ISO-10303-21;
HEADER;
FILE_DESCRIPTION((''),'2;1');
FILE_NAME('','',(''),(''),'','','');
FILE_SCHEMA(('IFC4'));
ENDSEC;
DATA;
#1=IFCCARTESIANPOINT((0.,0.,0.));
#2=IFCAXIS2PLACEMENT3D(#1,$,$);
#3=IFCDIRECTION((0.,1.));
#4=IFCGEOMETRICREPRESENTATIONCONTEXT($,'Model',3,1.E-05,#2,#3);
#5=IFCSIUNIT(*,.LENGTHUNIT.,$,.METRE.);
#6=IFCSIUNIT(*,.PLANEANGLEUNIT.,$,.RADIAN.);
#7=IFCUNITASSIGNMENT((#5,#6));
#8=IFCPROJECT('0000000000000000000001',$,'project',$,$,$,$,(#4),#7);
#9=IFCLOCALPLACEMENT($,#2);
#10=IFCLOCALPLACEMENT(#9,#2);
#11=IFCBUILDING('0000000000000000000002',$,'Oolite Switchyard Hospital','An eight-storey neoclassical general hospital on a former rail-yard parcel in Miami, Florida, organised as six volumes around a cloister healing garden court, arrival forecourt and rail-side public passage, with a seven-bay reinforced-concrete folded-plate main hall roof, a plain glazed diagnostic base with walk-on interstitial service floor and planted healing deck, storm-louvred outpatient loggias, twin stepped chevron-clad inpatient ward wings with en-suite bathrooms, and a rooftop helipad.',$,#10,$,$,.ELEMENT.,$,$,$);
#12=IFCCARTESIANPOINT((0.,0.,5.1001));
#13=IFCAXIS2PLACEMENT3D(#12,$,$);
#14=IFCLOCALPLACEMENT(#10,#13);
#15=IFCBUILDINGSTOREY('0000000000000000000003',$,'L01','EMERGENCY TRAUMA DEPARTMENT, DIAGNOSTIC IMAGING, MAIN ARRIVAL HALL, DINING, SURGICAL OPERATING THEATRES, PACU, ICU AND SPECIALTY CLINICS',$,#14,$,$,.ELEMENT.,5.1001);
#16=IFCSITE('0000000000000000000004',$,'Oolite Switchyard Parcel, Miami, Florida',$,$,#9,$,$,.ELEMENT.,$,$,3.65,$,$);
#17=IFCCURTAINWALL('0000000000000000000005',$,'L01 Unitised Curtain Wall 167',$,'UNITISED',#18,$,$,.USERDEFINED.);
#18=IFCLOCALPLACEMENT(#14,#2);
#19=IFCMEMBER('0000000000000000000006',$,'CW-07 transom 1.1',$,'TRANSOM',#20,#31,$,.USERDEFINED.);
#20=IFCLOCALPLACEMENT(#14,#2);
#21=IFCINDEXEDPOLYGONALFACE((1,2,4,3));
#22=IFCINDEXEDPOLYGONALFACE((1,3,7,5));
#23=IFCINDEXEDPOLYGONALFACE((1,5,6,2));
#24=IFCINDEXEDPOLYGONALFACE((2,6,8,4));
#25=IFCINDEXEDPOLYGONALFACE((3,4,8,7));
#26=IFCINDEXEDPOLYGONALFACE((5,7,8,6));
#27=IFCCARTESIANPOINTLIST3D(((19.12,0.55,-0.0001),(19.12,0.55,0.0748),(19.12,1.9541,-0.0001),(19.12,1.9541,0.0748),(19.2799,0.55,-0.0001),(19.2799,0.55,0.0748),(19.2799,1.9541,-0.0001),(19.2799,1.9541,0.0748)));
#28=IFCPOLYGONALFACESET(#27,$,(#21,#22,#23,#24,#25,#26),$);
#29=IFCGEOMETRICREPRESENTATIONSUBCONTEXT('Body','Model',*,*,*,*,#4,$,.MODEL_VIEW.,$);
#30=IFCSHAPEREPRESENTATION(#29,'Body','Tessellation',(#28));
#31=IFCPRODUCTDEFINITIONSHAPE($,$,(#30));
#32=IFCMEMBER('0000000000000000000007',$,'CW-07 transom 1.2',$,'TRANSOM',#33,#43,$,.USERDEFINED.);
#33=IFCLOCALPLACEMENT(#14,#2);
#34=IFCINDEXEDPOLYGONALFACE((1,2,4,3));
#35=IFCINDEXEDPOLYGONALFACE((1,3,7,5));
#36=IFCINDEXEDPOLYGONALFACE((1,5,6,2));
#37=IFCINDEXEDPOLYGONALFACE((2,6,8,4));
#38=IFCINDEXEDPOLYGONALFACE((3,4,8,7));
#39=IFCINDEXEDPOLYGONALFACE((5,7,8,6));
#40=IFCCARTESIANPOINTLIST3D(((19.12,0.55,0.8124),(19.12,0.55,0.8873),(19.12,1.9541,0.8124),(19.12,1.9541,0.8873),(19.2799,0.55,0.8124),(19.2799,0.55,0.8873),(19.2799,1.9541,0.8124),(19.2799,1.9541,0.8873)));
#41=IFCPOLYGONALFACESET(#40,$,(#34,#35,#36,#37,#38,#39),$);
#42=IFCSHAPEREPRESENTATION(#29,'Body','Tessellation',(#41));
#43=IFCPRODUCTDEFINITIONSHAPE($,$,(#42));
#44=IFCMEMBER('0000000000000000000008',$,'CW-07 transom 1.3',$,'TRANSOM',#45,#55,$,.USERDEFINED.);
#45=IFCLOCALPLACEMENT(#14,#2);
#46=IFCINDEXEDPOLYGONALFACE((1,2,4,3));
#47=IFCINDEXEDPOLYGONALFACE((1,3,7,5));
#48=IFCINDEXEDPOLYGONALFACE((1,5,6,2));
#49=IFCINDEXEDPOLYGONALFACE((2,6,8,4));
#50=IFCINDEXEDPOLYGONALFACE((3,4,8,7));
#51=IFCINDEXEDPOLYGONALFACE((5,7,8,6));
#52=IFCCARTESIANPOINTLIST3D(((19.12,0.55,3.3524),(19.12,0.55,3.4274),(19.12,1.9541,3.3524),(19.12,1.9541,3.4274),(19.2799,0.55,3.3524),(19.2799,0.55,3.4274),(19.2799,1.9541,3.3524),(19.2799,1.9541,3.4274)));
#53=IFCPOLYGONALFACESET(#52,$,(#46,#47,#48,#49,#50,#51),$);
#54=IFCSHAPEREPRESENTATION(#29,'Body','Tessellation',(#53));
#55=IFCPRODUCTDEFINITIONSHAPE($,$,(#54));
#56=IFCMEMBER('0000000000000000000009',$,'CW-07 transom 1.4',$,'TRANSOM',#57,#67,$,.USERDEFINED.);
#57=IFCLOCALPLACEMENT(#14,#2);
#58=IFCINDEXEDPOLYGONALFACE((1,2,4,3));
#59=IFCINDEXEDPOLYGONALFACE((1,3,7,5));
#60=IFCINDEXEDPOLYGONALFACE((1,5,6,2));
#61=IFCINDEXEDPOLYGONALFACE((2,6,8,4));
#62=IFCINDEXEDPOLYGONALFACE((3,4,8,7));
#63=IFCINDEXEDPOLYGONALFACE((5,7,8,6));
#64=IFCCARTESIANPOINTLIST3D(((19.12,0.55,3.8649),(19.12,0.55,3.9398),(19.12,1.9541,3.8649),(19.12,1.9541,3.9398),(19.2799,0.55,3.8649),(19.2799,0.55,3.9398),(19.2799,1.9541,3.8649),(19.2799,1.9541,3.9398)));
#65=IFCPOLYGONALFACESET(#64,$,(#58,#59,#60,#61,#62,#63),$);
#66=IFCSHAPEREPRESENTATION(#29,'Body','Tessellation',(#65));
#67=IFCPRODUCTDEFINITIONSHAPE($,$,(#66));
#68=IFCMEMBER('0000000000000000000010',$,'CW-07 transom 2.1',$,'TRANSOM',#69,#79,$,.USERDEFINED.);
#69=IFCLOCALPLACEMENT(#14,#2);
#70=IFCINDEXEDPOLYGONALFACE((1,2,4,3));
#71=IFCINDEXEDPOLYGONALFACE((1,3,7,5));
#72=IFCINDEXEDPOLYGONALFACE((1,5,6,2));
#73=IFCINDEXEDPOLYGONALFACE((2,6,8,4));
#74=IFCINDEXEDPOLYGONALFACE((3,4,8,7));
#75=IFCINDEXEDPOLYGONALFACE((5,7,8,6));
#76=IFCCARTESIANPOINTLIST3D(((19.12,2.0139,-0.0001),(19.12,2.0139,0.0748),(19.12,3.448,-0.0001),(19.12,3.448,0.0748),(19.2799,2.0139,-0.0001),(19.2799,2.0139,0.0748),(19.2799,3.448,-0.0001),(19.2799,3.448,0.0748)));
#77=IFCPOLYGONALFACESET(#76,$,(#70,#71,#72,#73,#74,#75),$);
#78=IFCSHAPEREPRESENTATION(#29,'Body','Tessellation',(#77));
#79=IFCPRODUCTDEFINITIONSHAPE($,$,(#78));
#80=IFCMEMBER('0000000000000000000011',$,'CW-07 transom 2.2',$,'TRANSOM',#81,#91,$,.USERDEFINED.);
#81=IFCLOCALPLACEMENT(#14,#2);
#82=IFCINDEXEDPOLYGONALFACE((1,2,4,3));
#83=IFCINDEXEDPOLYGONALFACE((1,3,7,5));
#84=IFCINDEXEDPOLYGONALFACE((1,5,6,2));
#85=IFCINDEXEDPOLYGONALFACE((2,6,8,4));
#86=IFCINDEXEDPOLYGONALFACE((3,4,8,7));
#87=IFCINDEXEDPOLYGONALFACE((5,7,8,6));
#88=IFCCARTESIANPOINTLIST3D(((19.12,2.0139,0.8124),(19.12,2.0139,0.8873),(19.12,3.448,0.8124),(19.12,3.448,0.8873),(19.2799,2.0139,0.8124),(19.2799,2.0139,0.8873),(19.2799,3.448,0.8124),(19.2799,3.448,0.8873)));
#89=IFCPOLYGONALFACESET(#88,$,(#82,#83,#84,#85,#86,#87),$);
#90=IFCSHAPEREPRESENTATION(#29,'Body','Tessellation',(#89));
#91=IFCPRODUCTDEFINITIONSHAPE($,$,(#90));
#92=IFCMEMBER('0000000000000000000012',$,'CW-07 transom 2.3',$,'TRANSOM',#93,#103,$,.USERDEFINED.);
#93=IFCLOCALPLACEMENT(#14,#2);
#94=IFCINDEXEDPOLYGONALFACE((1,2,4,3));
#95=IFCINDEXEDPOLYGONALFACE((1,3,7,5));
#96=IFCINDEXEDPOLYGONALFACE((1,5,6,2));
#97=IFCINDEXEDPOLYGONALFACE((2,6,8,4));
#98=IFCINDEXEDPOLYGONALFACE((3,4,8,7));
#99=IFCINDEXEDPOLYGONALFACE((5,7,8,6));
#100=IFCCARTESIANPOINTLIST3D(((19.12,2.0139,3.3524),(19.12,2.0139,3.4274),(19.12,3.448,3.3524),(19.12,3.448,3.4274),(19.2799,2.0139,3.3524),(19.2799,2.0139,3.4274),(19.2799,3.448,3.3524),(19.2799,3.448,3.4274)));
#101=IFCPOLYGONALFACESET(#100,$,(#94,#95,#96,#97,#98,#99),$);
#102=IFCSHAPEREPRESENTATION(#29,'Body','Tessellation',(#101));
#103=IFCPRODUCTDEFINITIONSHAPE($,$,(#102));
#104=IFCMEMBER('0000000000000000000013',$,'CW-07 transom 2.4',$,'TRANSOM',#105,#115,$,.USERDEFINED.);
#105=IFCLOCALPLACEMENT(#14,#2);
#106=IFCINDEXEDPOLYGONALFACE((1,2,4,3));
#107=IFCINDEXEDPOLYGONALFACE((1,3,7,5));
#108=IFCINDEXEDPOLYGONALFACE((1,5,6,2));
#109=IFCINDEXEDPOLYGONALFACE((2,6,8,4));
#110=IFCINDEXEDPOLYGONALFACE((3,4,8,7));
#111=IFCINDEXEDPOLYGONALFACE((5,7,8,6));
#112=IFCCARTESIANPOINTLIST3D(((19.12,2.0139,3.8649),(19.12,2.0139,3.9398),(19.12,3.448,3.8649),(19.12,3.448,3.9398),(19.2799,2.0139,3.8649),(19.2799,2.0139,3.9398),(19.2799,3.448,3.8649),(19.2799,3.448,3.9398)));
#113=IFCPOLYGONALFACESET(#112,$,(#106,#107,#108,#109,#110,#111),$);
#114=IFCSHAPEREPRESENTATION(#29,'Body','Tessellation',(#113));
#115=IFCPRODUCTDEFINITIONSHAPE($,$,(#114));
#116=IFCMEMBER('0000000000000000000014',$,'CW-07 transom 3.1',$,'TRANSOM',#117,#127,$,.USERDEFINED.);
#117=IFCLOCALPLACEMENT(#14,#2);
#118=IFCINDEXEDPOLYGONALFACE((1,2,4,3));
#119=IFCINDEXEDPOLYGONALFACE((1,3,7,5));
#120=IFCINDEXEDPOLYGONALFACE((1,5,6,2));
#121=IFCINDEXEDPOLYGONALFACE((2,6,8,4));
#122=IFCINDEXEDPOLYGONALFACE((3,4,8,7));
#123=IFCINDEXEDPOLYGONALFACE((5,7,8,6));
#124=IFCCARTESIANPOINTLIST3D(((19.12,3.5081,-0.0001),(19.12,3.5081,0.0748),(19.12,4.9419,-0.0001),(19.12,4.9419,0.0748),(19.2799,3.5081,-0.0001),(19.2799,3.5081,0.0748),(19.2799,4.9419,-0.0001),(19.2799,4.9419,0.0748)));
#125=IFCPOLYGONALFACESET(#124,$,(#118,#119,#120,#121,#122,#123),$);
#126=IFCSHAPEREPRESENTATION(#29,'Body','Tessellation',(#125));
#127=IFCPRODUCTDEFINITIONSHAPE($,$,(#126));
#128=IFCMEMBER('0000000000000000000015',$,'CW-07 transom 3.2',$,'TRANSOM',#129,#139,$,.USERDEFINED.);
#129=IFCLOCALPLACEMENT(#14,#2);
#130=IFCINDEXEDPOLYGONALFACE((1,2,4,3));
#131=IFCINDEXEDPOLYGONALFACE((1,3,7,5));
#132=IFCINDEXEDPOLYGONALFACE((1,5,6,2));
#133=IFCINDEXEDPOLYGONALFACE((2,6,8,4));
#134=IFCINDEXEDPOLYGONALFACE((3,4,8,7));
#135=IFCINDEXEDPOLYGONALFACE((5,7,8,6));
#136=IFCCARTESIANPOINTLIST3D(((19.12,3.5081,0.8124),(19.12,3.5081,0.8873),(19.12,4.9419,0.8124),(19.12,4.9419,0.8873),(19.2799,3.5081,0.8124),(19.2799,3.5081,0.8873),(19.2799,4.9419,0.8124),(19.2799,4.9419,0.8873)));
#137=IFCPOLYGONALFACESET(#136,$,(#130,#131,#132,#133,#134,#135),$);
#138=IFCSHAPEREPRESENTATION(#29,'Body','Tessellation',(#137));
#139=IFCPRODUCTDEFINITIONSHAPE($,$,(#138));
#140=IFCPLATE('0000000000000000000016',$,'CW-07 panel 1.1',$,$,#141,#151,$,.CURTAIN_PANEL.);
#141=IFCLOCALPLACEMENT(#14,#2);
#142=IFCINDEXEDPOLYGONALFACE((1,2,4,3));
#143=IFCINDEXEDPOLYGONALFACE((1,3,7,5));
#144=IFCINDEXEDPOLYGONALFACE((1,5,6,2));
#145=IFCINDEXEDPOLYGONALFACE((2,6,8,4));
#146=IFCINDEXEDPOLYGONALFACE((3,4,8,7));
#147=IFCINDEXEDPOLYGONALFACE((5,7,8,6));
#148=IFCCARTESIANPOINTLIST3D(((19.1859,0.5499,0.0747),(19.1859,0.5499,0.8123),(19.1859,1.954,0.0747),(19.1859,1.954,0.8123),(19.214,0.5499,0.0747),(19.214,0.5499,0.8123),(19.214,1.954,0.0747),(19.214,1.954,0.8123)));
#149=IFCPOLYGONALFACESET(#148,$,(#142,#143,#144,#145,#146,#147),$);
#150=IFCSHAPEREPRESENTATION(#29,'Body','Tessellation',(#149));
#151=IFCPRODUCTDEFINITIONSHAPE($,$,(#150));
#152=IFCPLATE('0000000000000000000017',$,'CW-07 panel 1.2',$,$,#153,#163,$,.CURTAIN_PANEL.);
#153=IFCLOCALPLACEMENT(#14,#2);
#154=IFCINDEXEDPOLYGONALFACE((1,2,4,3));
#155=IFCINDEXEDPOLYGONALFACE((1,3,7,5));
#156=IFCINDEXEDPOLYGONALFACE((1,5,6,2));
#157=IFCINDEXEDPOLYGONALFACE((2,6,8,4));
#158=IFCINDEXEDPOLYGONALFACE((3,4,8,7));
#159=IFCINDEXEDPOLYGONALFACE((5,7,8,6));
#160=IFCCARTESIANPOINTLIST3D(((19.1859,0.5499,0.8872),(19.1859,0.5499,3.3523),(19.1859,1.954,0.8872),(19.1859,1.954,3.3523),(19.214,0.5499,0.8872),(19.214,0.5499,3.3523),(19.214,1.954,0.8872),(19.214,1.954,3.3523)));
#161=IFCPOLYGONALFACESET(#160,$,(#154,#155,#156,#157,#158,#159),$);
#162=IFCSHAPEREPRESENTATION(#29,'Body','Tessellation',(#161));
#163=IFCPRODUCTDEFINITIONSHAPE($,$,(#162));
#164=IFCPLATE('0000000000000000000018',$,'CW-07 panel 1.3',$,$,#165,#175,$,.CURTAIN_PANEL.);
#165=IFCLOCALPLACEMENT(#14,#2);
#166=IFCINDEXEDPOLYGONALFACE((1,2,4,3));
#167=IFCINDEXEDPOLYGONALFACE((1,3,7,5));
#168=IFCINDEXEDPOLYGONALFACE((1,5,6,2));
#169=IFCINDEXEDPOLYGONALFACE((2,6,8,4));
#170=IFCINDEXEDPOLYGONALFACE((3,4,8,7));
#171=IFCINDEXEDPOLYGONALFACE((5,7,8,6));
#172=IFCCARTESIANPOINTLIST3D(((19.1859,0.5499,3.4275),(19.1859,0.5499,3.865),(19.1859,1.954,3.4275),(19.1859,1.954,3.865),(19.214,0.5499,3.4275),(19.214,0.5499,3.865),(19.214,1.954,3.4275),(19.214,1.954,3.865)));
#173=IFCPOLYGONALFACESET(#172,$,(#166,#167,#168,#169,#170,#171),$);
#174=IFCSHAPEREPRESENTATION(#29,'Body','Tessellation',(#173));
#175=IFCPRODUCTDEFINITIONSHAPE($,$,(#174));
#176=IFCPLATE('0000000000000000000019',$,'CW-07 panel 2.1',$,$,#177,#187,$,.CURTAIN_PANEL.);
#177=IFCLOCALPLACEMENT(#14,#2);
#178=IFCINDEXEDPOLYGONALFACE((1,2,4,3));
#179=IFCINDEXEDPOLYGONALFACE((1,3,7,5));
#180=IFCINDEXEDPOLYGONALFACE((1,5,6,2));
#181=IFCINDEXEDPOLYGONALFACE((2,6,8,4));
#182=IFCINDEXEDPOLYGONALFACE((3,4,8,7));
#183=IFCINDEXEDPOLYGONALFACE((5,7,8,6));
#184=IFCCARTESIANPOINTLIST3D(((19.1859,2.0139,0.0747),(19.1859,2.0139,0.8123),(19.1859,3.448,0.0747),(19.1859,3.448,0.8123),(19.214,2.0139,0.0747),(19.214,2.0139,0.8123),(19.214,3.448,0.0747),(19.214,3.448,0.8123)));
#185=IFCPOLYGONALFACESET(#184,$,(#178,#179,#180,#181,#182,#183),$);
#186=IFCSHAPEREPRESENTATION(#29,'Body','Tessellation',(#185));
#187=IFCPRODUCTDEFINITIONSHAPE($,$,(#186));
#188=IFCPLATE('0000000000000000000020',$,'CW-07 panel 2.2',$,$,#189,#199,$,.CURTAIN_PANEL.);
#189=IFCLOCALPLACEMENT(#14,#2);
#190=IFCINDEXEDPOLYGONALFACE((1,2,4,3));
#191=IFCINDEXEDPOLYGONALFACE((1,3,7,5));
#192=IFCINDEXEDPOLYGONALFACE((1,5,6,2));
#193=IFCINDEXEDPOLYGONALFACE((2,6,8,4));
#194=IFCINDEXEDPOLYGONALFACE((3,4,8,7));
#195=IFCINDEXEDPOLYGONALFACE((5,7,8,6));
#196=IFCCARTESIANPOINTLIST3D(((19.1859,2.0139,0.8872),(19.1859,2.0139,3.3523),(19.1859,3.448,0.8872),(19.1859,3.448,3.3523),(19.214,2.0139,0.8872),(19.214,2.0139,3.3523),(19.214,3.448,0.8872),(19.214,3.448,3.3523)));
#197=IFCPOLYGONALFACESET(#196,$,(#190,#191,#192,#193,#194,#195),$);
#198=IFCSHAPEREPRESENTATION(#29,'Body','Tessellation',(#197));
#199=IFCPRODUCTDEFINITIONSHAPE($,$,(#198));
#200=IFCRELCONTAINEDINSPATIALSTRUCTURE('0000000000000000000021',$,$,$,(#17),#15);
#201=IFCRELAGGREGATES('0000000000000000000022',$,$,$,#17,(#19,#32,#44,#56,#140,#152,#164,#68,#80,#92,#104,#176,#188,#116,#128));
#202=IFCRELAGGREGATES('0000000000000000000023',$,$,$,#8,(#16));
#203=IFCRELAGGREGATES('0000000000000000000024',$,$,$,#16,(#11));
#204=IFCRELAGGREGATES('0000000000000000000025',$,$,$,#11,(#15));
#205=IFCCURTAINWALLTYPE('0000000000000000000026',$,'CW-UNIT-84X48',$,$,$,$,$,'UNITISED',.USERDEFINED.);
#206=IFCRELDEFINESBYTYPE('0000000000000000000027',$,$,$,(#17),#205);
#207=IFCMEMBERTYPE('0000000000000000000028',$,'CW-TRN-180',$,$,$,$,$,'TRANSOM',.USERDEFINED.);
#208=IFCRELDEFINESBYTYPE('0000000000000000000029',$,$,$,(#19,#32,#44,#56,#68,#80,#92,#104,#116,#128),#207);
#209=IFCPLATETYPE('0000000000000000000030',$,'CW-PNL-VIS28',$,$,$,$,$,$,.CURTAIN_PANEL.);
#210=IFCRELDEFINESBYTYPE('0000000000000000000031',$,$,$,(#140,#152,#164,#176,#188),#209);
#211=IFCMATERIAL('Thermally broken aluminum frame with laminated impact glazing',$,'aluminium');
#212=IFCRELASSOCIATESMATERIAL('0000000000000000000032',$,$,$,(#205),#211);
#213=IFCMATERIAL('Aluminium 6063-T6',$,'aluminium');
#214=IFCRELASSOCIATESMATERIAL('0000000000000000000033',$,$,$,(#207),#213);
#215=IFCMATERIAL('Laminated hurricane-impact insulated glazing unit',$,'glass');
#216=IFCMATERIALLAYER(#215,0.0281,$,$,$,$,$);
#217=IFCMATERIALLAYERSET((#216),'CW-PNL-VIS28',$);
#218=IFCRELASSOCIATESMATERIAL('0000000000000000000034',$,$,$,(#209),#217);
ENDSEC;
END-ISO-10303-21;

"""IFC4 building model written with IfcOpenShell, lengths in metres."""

from ifc_helpers import new_model, si_unit, direction, frame, origin, origin_2d, place, context, subcontext, project, spatial, rectangle, extrude, material, layer, layer_set, material_profile, profile_set, type_object, element, aggregate, save


model = new_model("IFC4")

# Units and contexts
model_context = context("Model", 3, precision=1e-05, world=origin(), true_north=direction((0.0, 1.0)))
body_context = subcontext(model_context, "Body", "Model", "MODEL_VIEW")
ifc_project = project(units=[si_unit("LENGTHUNIT", "METRE"), si_unit("PLANEANGLEUNIT", "RADIAN")], contexts=[model_context])

# Site, building, storey
site_placement = place(None, origin())
site = spatial("IfcSite", under=ifc_project, at=site_placement, Name="Oolite Switchyard Parcel, Miami, Florida", CompositionType="ELEMENT", RefElevation=3.65)
building_placement = place(site_placement, origin())
building = spatial("IfcBuilding", under=site, at=building_placement, Name="Oolite Switchyard Hospital", Description="An eight-storey neoclassical general hospital on a former rail-yard parcel in Miami, Florida, organised as six volumes around a cloister healing garden court, arrival forecourt and rail-side public passage, with a seven-bay reinforced-concrete folded-plate main hall roof, a plain glazed diagnostic base with walk-on interstitial service floor and planted healing deck, storm-louvred outpatient loggias, twin stepped chevron-clad inpatient ward wings with en-suite bathrooms, and a rooftop helipad.", CompositionType="ELEMENT")
storey_placement = place(building_placement, frame((0.0, 0.0, 5.1001)))
storey = spatial("IfcBuildingStorey", under=building, at=storey_placement, Name="L01", Description="EMERGENCY TRAUMA DEPARTMENT, DIAGNOSTIC IMAGING, MAIN ARRIVAL HALL, DINING, SURGICAL OPERATING THEATRES, PACU, ICU AND SPECIALTY CLINICS", CompositionType="ELEMENT", Elevation=5.1001)

# Curtain wall, members, plates
ifc_material_1 = material(Name="Thermally broken aluminum frame with laminated impact glazing", Category="aluminium")
curtain_wall_type = type_object("IfcCurtainWallType", Name="CW-UNIT-84X48", ElementType="UNITISED", PredefinedType="USERDEFINED", material=ifc_material_1)
curtain_wall_placement = place(storey_placement, origin())
curtain_wall = element("IfcCurtainWall", 1, at=curtain_wall_placement, inside=storey, type_object=curtain_wall_type, Name="L01 Unitised Curtain Wall 167", ObjectType="UNITISED", PredefinedType="USERDEFINED")
ifc_material_2 = material(Name="Aluminium 6063-T6", Category="aluminium")
ifc_material_profile_1 = material_profile(ifc_material_2, rectangle(XDim=0.1599, YDim=0.075, at=origin_2d()), Name="CWT75X160")
ifc_profile_set_1 = profile_set([ifc_material_profile_1], Name="Aluminium 6063-T6")
member_type_1 = type_object("IfcMemberType", Name="CW-TRN-180", ElementType="TRANSOM", PredefinedType="USERDEFINED", material=ifc_profile_set_1)
member_1_placement = place(storey_placement, frame((19.2, 0.55, 0.0374), z_axis=(0.0, 1.0, 0.0), x_axis=(-1.0, 0.0, 0.0)))
member_1 = element("IfcMember", 2, at=member_1_placement, type_object=member_type_1, Name="CW-07 transom 1.1", ObjectType="TRANSOM", PredefinedType="USERDEFINED", context=body_context, shape_type="SweptSolid", body=[
    extrude(rectangle(XDim=0.1599, YDim=0.075, at=origin_2d()), origin(), (0.0, 0.0, 1.0), 1.4041),
])
member_2_placement = place(storey_placement, frame((19.2, 0.55, 0.8499), z_axis=(0.0, 1.0, 0.0), x_axis=(-1.0, 0.0, 0.0)))
member_2 = element("IfcMember", 3, at=member_2_placement, type_object=member_type_1, Name="CW-07 transom 1.2", ObjectType="TRANSOM", PredefinedType="USERDEFINED", context=body_context, shape_type="SweptSolid", body=[
    extrude(rectangle(XDim=0.1599, YDim=0.075, at=origin_2d()), origin(), (0.0, 0.0, 1.0), 1.4041),
])
member_3_placement = place(storey_placement, frame((19.2, 0.55, 3.3899), z_axis=(0.0, 1.0, 0.0), x_axis=(-1.0, 0.0, 0.0)))
member_3 = element("IfcMember", 4, at=member_3_placement, type_object=member_type_1, Name="CW-07 transom 1.3", ObjectType="TRANSOM", PredefinedType="USERDEFINED", context=body_context, shape_type="SweptSolid", body=[
    extrude(rectangle(XDim=0.1599, YDim=0.075, at=origin_2d()), origin(), (0.0, 0.0, 1.0), 1.4041),
])
member_4_placement = place(storey_placement, frame((19.2, 0.55, 3.9023), z_axis=(0.0, 1.0, 0.0), x_axis=(-1.0, 0.0, 0.0)))
member_4 = element("IfcMember", 5, at=member_4_placement, type_object=member_type_1, Name="CW-07 transom 1.4", ObjectType="TRANSOM", PredefinedType="USERDEFINED", context=body_context, shape_type="SweptSolid", body=[
    extrude(rectangle(XDim=0.1599, YDim=0.075, at=origin_2d()), origin(), (0.0, 0.0, 1.0), 1.4041),
])
member_5_placement = place(storey_placement, frame((19.2, 2.0139, 0.0374), z_axis=(0.0, 1.0, 0.0), x_axis=(-1.0, 0.0, 0.0)))
member_5 = element("IfcMember", 6, at=member_5_placement, type_object=member_type_1, Name="CW-07 transom 2.1", ObjectType="TRANSOM", PredefinedType="USERDEFINED", context=body_context, shape_type="SweptSolid", body=[
    extrude(rectangle(XDim=0.1599, YDim=0.075, at=origin_2d()), origin(), (0.0, 0.0, 1.0), 1.4341),
])
member_6_placement = place(storey_placement, frame((19.2, 2.0139, 0.8499), z_axis=(0.0, 1.0, 0.0), x_axis=(-1.0, 0.0, 0.0)))
member_6 = element("IfcMember", 7, at=member_6_placement, type_object=member_type_1, Name="CW-07 transom 2.2", ObjectType="TRANSOM", PredefinedType="USERDEFINED", context=body_context, shape_type="SweptSolid", body=[
    extrude(rectangle(XDim=0.1599, YDim=0.075, at=origin_2d()), origin(), (0.0, 0.0, 1.0), 1.4341),
])
member_7_placement = place(storey_placement, frame((19.2, 2.0139, 3.3899), z_axis=(0.0, 1.0, 0.0), x_axis=(-1.0, 0.0, 0.0)))
member_7 = element("IfcMember", 8, at=member_7_placement, type_object=member_type_1, Name="CW-07 transom 2.3", ObjectType="TRANSOM", PredefinedType="USERDEFINED", context=body_context, shape_type="SweptSolid", body=[
    extrude(rectangle(XDim=0.1599, YDim=0.075, at=origin_2d()), origin(), (0.0, 0.0, 1.0), 1.4341),
])
member_8_placement = place(storey_placement, frame((19.2, 2.0139, 3.9023), z_axis=(0.0, 1.0, 0.0), x_axis=(-1.0, 0.0, 0.0)))
member_8 = element("IfcMember", 9, at=member_8_placement, type_object=member_type_1, Name="CW-07 transom 2.4", ObjectType="TRANSOM", PredefinedType="USERDEFINED", context=body_context, shape_type="SweptSolid", body=[
    extrude(rectangle(XDim=0.1599, YDim=0.075, at=origin_2d()), origin(), (0.0, 0.0, 1.0), 1.4341),
])
member_9_placement = place(storey_placement, frame((19.2, 3.5081, 0.0374), z_axis=(0.0, 1.0, 0.0), x_axis=(-1.0, 0.0, 0.0)))
member_9 = element("IfcMember", 10, at=member_9_placement, type_object=member_type_1, Name="CW-07 transom 3.1", ObjectType="TRANSOM", PredefinedType="USERDEFINED", context=body_context, shape_type="SweptSolid", body=[
    extrude(rectangle(XDim=0.1599, YDim=0.075, at=origin_2d()), origin(), (0.0, 0.0, 1.0), 1.4338),
])
member_10_placement = place(storey_placement, frame((19.2, 3.5081, 0.8499), z_axis=(0.0, 1.0, 0.0), x_axis=(-1.0, 0.0, 0.0)))
member_10 = element("IfcMember", 11, at=member_10_placement, type_object=member_type_1, Name="CW-07 transom 3.2", ObjectType="TRANSOM", PredefinedType="USERDEFINED", context=body_context, shape_type="SweptSolid", body=[
    extrude(rectangle(XDim=0.1599, YDim=0.075, at=origin_2d()), origin(), (0.0, 0.0, 1.0), 1.4338),
])
ifc_material_3 = material(Name="Laminated hurricane-impact insulated glazing unit", Category="glass")
ifc_layer = layer(ifc_material_3, 0.0281)
ifc_layer_set = layer_set([ifc_layer], Name="CW-PNL-VIS28")
plate_type = type_object("IfcPlateType", Name="CW-PNL-VIS28", PredefinedType="CURTAIN_PANEL", material=ifc_layer_set)
plate_1_placement = place(storey_placement, frame((19.2, 1.252, 0.0747), z_axis=(0.0, 0.0, 1.0), x_axis=(0.0, 1.0, 0.0)))
plate_1 = element("IfcPlate", 12, at=plate_1_placement, type_object=plate_type, Name="CW-07 panel 1.1", PredefinedType="CURTAIN_PANEL", context=body_context, shape_type="SweptSolid", body=[
    extrude(rectangle(XDim=1.4041, YDim=0.0281, at=origin_2d()), origin(), (0.0, 0.0, 1.0), 0.7375),
])
plate_2_placement = place(storey_placement, frame((19.2, 1.252, 0.8872), z_axis=(0.0, 0.0, 1.0), x_axis=(0.0, 1.0, 0.0)))
plate_2 = element("IfcPlate", 13, at=plate_2_placement, type_object=plate_type, Name="CW-07 panel 1.2", PredefinedType="CURTAIN_PANEL", context=body_context, shape_type="SweptSolid", body=[
    extrude(rectangle(XDim=1.4041, YDim=0.0281, at=origin_2d()), origin(), (0.0, 0.0, 1.0), 2.4651),
])
plate_3_placement = place(storey_placement, frame((19.2, 1.252, 3.4275), z_axis=(0.0, 0.0, 1.0), x_axis=(0.0, 1.0, 0.0)))
plate_3 = element("IfcPlate", 14, at=plate_3_placement, type_object=plate_type, Name="CW-07 panel 1.3", PredefinedType="CURTAIN_PANEL", context=body_context, shape_type="SweptSolid", body=[
    extrude(rectangle(XDim=1.4041, YDim=0.0281, at=origin_2d()), origin(), (0.0, 0.0, 1.0), 0.4375),
])
plate_4_placement = place(storey_placement, frame((19.2, 2.731, 0.0747), z_axis=(0.0, 0.0, 1.0), x_axis=(0.0, 1.0, 0.0)))
plate_4 = element("IfcPlate", 15, at=plate_4_placement, type_object=plate_type, Name="CW-07 panel 2.1", PredefinedType="CURTAIN_PANEL", context=body_context, shape_type="SweptSolid", body=[
    extrude(rectangle(XDim=1.4341, YDim=0.0281, at=origin_2d()), origin(), (0.0, 0.0, 1.0), 0.7375),
])
plate_5_placement = place(storey_placement, frame((19.2, 2.731, 0.8872), z_axis=(0.0, 0.0, 1.0), x_axis=(0.0, 1.0, 0.0)))
plate_5 = element("IfcPlate", 16, at=plate_5_placement, type_object=plate_type, Name="CW-07 panel 2.2", PredefinedType="CURTAIN_PANEL", context=body_context, shape_type="SweptSolid", body=[
    extrude(rectangle(XDim=1.4341, YDim=0.0281, at=origin_2d()), origin(), (0.0, 0.0, 1.0), 2.4651),
])
aggregate(curtain_wall, [member_1, member_2, member_3, member_4, plate_1, plate_2, plate_3, member_5, member_6, member_7, member_8, plate_4, plate_5, member_9, member_10])

save(model, "model.ifc")
